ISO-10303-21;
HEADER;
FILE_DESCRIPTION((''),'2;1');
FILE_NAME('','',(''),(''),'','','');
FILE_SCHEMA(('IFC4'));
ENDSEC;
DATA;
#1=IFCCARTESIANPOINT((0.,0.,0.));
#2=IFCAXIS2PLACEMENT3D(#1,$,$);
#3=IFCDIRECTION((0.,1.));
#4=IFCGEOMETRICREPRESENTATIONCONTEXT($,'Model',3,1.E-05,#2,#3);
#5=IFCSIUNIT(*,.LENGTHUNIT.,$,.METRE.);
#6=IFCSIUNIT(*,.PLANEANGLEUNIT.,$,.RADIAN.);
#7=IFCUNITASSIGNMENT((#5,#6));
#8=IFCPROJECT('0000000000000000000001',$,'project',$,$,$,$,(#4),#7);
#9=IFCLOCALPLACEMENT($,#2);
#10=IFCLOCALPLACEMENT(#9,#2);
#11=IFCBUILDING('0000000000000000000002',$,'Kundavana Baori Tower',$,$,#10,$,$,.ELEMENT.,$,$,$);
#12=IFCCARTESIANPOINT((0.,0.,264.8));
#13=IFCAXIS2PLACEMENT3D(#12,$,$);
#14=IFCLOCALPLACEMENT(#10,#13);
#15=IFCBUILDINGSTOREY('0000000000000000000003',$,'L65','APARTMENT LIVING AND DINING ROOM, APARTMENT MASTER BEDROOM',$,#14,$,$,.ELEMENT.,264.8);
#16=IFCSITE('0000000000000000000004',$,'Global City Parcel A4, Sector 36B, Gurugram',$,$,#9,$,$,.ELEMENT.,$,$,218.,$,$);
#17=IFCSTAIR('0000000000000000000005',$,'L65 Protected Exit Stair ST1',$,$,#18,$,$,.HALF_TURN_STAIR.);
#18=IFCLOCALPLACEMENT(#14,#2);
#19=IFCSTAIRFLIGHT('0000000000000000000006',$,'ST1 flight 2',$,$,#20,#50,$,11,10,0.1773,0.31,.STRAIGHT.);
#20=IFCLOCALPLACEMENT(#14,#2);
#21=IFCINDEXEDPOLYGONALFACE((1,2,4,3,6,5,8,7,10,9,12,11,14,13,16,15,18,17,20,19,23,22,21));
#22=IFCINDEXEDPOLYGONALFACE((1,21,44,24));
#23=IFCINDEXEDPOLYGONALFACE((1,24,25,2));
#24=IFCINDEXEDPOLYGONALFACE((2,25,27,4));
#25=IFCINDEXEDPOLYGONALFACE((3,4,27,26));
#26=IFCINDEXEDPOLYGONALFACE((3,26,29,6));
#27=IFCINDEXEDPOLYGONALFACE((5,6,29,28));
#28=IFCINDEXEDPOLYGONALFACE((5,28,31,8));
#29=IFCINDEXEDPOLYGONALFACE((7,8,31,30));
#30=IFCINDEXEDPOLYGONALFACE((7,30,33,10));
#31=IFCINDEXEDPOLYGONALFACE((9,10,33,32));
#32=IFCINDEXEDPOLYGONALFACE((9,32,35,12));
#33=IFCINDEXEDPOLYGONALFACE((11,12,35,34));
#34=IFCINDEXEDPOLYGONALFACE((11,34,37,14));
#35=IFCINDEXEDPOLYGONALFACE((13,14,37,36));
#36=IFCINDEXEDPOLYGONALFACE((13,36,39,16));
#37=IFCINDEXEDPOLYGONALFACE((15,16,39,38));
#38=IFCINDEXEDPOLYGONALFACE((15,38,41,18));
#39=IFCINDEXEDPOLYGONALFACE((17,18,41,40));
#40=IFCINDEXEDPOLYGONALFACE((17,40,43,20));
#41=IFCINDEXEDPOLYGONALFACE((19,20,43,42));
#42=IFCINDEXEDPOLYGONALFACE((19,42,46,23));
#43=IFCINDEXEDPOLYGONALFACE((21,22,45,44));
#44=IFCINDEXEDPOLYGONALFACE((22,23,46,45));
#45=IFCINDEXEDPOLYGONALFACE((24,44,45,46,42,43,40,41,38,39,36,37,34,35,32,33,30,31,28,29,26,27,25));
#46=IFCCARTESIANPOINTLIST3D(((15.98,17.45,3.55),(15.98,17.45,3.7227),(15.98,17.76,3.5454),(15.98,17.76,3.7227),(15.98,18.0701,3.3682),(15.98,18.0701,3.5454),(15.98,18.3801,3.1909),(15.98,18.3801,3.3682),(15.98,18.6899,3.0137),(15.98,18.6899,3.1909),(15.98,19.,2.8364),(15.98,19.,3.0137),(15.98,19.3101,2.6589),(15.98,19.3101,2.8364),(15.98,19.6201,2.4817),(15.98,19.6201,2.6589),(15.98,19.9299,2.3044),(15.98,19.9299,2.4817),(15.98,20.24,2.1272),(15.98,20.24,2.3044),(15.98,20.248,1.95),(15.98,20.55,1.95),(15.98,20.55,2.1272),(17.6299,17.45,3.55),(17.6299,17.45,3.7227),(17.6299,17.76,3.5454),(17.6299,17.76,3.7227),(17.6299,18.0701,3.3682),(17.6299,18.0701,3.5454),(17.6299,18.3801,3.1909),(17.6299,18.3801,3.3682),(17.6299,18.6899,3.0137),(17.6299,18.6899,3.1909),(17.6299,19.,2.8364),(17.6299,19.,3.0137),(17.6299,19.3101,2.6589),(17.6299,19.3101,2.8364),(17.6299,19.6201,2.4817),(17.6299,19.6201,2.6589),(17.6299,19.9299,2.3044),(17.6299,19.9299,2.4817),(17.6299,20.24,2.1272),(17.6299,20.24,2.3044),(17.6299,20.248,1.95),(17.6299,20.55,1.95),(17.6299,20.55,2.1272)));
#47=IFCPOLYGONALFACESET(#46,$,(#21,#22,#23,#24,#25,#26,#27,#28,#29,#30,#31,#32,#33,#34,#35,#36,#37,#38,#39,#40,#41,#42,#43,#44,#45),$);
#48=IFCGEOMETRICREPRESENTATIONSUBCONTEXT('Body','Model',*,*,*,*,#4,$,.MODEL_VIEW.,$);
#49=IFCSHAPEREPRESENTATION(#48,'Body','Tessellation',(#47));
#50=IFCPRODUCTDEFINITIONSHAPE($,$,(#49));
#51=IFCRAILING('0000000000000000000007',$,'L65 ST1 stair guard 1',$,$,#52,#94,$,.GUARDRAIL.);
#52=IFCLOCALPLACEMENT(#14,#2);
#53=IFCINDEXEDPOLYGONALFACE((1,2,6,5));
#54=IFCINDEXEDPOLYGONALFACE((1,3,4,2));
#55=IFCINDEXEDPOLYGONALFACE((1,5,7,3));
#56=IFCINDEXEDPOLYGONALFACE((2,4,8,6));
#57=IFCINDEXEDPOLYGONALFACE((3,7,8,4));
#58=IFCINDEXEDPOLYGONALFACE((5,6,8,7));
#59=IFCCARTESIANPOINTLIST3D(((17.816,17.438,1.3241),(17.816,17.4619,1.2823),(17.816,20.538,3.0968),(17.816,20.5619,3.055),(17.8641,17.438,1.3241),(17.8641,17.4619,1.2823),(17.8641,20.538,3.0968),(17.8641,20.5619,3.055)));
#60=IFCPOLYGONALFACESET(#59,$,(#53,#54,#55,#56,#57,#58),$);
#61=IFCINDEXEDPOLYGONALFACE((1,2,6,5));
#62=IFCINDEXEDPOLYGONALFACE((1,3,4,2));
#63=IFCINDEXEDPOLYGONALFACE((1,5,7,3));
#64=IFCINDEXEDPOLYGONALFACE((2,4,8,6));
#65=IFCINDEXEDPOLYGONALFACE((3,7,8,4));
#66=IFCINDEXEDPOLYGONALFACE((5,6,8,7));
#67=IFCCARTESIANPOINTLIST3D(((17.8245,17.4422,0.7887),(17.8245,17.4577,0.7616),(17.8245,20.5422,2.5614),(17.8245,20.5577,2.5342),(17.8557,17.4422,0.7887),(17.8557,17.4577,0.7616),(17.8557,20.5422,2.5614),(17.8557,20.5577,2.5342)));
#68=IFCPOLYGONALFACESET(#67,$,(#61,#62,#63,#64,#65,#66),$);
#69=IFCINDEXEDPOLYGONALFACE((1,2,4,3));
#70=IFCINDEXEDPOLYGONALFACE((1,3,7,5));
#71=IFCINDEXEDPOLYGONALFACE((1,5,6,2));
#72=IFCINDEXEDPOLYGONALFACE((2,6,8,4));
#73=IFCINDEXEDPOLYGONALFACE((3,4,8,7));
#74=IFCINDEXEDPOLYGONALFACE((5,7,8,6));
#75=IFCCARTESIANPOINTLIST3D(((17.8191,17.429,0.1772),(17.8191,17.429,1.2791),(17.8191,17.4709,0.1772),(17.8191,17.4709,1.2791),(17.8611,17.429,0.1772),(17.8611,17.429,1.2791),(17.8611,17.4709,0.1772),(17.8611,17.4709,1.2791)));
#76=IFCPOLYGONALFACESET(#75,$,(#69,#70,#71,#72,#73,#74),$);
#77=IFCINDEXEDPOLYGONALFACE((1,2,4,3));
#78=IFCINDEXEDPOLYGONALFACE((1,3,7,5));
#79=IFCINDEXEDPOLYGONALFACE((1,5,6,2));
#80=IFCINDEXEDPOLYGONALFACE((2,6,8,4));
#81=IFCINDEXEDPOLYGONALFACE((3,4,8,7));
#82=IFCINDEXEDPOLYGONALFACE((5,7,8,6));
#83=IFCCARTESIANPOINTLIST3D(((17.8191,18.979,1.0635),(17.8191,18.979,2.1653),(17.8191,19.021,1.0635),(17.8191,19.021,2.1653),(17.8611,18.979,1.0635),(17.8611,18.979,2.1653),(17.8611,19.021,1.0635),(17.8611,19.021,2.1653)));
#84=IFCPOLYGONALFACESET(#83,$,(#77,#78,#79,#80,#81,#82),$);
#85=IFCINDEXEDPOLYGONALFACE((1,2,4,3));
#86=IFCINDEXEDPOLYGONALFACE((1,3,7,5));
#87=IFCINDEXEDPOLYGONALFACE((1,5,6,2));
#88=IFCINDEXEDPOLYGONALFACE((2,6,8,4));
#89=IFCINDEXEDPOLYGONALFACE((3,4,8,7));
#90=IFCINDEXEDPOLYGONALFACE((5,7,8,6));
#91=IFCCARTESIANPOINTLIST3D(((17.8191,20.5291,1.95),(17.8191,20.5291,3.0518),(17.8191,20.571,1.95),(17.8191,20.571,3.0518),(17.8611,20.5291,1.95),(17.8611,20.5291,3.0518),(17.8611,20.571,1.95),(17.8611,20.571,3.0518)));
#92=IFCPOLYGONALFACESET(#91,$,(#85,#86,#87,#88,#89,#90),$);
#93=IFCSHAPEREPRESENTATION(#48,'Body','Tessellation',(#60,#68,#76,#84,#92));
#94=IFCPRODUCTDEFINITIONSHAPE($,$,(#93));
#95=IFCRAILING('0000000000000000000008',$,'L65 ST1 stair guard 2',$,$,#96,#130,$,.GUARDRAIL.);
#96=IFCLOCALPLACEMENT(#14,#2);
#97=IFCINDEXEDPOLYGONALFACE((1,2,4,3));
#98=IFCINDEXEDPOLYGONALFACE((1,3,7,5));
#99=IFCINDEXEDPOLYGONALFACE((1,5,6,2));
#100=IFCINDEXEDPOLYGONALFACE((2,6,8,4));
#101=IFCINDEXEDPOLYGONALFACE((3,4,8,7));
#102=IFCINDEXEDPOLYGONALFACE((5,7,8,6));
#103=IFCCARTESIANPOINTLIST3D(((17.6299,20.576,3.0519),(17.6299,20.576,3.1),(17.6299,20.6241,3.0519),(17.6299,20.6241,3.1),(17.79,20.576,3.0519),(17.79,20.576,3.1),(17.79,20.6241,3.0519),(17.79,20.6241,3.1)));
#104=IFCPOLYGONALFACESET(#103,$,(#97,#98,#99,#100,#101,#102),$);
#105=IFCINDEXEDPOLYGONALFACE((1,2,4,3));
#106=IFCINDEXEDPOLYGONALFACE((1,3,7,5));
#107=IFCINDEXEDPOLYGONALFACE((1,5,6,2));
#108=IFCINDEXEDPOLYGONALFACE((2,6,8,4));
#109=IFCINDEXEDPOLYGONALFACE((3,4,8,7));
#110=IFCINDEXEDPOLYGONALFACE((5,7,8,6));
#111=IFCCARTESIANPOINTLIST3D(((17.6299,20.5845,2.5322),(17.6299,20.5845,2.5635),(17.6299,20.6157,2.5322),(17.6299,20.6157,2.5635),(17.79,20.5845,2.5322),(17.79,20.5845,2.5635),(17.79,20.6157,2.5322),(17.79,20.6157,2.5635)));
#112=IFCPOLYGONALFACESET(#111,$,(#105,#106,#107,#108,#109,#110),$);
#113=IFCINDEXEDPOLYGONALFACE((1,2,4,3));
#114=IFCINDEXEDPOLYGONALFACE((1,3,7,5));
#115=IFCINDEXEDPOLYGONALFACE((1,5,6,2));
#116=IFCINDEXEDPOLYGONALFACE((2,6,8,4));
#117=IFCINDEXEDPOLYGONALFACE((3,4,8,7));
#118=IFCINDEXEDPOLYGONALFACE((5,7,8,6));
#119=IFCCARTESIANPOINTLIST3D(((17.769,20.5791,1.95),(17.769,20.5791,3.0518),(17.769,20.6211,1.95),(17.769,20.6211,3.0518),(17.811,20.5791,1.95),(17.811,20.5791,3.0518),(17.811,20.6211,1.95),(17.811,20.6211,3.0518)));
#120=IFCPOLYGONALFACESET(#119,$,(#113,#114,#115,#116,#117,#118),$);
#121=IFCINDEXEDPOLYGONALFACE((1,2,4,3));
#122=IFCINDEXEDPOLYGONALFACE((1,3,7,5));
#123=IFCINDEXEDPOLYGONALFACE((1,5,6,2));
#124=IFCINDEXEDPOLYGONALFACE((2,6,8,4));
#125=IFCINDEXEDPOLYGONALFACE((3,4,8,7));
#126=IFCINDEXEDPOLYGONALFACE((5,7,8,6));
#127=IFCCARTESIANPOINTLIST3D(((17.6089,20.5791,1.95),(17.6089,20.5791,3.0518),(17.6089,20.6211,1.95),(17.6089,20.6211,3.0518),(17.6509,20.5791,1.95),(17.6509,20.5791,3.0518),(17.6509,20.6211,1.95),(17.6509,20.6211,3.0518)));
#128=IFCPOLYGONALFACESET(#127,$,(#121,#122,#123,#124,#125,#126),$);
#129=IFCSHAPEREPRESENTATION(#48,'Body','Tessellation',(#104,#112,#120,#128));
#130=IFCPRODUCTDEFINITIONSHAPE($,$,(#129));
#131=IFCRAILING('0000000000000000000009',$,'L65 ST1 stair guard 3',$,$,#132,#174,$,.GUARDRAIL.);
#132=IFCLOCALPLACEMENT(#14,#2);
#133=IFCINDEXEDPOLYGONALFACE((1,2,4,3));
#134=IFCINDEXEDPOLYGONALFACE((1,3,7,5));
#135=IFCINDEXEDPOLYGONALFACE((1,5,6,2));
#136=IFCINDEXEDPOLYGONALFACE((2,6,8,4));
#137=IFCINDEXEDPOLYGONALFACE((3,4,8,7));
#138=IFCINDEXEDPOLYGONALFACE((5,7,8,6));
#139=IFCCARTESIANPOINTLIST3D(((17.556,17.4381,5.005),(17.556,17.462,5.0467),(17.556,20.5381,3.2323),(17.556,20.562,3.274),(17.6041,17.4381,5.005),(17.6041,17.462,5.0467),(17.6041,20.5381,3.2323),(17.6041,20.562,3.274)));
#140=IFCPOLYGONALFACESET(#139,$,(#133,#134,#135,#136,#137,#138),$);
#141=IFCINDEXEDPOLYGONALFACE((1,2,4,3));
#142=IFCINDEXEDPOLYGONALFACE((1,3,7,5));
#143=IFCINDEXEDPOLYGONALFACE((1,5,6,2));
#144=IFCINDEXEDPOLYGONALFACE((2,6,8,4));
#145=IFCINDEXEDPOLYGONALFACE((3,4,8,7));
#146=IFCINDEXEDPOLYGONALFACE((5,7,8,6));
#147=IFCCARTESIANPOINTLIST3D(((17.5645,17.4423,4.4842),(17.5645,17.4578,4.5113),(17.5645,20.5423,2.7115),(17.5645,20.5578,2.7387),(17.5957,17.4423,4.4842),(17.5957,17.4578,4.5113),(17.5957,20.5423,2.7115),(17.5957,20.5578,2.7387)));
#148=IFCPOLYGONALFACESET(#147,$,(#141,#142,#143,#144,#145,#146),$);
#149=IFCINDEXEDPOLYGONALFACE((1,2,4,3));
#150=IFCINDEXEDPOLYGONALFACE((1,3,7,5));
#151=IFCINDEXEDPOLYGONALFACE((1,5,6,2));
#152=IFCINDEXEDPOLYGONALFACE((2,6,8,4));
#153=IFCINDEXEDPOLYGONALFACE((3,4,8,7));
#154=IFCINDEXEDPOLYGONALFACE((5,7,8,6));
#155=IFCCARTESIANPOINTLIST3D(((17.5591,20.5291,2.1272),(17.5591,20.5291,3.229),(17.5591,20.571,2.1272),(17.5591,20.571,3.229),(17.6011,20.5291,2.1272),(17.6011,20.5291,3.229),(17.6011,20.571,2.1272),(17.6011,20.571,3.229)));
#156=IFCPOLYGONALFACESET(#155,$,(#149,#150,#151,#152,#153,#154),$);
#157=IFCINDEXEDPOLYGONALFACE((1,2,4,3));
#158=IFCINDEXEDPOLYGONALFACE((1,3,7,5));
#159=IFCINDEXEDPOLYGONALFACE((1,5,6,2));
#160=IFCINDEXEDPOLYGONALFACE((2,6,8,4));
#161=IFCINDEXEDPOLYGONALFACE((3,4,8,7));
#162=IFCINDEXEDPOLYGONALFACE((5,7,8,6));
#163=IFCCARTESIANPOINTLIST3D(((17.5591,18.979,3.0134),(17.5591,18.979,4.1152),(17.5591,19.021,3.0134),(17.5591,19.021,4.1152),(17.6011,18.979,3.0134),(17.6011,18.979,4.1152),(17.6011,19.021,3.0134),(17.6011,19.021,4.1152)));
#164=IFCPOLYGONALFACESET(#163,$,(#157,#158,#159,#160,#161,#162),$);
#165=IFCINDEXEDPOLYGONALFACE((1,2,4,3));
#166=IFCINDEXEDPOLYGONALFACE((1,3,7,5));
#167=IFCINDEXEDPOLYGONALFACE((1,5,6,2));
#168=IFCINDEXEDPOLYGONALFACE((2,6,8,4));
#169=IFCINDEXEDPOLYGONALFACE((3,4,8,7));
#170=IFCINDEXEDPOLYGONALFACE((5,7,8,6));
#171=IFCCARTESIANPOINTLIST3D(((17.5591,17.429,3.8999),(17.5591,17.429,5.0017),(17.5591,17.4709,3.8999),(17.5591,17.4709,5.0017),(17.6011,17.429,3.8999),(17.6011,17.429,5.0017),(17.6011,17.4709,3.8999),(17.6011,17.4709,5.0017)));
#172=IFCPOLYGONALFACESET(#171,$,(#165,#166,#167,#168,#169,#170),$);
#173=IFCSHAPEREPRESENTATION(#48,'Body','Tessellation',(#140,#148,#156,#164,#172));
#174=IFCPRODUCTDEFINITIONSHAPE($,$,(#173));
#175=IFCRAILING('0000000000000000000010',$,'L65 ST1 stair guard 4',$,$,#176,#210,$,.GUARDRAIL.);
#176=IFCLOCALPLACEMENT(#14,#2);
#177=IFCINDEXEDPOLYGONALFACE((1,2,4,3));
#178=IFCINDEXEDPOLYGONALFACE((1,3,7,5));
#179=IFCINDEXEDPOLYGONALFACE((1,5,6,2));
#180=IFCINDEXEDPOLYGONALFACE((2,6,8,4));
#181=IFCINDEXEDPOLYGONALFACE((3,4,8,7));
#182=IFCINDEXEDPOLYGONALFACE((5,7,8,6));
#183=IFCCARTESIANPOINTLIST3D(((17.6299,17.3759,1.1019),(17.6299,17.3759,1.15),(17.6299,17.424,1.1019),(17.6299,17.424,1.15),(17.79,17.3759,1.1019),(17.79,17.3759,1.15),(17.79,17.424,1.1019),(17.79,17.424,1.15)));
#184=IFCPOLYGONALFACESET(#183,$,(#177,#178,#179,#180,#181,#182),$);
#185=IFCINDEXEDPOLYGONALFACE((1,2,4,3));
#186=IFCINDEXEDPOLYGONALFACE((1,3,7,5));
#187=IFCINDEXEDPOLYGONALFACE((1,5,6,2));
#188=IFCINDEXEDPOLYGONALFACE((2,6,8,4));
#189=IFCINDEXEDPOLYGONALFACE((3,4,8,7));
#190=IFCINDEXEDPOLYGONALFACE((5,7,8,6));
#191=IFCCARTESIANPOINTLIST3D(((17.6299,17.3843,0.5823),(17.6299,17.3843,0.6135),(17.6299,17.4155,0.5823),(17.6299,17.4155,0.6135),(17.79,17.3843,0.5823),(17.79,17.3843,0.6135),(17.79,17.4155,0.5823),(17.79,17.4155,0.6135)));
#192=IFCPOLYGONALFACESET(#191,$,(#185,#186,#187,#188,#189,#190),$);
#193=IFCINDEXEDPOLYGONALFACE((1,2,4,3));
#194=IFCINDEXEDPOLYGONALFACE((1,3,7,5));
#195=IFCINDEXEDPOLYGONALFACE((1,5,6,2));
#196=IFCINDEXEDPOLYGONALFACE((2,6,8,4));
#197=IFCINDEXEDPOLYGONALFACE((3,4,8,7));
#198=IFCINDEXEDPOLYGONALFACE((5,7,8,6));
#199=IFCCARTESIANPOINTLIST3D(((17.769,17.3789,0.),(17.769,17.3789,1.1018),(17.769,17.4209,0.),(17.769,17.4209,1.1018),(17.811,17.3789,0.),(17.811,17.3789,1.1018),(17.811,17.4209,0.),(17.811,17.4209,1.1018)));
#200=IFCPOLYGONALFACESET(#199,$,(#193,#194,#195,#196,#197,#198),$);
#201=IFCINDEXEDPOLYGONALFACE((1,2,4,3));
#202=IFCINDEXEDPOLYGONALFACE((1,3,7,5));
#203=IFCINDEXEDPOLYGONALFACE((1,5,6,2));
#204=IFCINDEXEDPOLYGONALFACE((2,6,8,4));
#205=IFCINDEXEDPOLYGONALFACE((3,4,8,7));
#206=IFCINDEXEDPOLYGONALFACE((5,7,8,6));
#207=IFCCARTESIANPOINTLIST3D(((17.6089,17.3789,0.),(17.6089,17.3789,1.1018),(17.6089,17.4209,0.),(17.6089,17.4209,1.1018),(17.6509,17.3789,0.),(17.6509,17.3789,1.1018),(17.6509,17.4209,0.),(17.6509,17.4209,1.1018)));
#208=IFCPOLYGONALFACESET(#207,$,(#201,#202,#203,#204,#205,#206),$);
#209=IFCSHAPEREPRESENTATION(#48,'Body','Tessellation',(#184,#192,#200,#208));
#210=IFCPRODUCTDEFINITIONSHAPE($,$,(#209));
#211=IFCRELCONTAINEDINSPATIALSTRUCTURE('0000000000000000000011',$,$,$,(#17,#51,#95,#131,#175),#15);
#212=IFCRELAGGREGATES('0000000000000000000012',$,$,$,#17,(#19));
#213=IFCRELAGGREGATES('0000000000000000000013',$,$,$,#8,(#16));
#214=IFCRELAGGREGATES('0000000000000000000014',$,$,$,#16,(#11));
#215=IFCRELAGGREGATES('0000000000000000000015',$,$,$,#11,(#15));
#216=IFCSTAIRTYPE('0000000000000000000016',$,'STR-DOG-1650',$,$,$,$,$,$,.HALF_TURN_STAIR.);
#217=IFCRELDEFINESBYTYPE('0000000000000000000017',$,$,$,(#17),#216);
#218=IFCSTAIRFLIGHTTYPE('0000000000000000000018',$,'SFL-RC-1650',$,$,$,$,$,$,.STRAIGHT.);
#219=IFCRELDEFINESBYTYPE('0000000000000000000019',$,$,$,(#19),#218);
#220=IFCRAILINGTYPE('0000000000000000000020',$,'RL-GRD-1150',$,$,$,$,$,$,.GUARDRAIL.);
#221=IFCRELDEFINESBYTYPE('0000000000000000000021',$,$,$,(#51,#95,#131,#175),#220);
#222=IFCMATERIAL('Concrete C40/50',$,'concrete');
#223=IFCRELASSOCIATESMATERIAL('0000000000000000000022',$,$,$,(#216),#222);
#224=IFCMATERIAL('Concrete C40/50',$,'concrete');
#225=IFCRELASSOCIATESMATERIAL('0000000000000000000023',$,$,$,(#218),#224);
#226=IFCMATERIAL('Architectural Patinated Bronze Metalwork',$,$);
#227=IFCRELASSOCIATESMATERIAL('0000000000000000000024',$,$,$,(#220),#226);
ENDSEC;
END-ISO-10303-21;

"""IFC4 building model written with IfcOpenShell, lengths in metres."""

from ifc_helpers import new_model, si_unit, direction, frame, origin, origin_2d, place, context, subcontext, project, spatial, polyline, rectangle, outline, extrude, material, type_object, element, aggregate, save


model = new_model("IFC4")

# Units and contexts
model_context = context("Model", 3, precision=1e-05, world=origin(), true_north=direction((0.0, 1.0)))
body_context = subcontext(model_context, "Body", "Model", "MODEL_VIEW")
ifc_project = project(units=[si_unit("LENGTHUNIT", "METRE"), si_unit("PLANEANGLEUNIT", "RADIAN")], contexts=[model_context])

# Site, building, storey
site_placement = place(None, origin())
site = spatial("IfcSite", under=ifc_project, at=site_placement, Name="Global City Parcel A4, Sector 36B, Gurugram", CompositionType="ELEMENT", RefElevation=218.0)
building_placement = place(site_placement, origin())
building = spatial("IfcBuilding", under=site, at=building_placement, Name="Kundavana Baori Tower", CompositionType="ELEMENT")
storey_placement = place(building_placement, frame((0.0, 0.0, 264.8)))
storey = spatial("IfcBuildingStorey", under=building, at=storey_placement, Name="L65", Description="APARTMENT LIVING AND DINING ROOM, APARTMENT MASTER BEDROOM", CompositionType="ELEMENT", Elevation=264.8)

# Stair, stair flight
ifc_material_1 = material(Name="Concrete C40/50", Category="concrete")
stair_type = type_object("IfcStairType", Name="STR-DOG-1650", PredefinedType="HALF_TURN_STAIR", material=ifc_material_1)
stair_placement = place(storey_placement, origin())
stair = element("IfcStair", 1, at=stair_placement, inside=storey, type_object=stair_type, Name="L65 Protected Exit Stair ST1", PredefinedType="HALF_TURN_STAIR")
ifc_material_2 = material(Name="Concrete C40/50", Category="concrete")
stair_flight_type = type_object("IfcStairFlightType", Name="SFL-RC-1650", PredefinedType="STRAIGHT", material=ifc_material_2)
stair_flight_1_placement = place(storey_placement, frame((16.8049, 20.55, 1.95), z_axis=(0.0, 0.0, 1.0), x_axis=(0.0, -1.0, 0.0)))
stair_flight_1 = element("IfcStairFlight", 2, at=stair_flight_1_placement, type_object=stair_flight_type, Name="ST1 flight 2", NumberOfRisers=11, NumberOfTreads=10, PredefinedType="STRAIGHT", RiserHeight=0.1773, TreadLength=0.31, context=body_context, shape_type="SweptSolid", body=[
    extrude(outline(polyline([(0.0, 0.0), (0.0, 0.1772), (0.3101, 0.1772), (0.3101, 0.3545), (0.6201, 0.3545), (0.6201, 0.5317), (0.9299, 0.5317), (0.9299, 0.709), (1.24, 0.709), (1.24, 0.8865), (1.55, 0.8865), (1.55, 1.0637), (1.8601, 1.0637), (1.8601, 1.241), (2.1699, 1.241), (2.1699, 1.4182), (2.48, 1.4182), (2.48, 1.5955), (2.79, 1.5955), (2.79, 1.7727), (3.1001, 1.7727), (3.1001, 1.95), (3.1001, 1.6001), (0.302, 0.0), (0.0, 0.0)])), frame((0.0, 0.825, 0.0), z_axis=(0.0, -1.0, 0.0), x_axis=(1.0, 0.0, 0.0)), (0.0, 0.0, 1.0), 1.6499),
])
aggregate(stair, [stair_flight_1])

# Railings
ifc_material_3 = material(Name="Architectural Patinated Bronze Metalwork")
railing_type_1 = type_object("IfcRailingType", Name="RL-GRD-1150", PredefinedType="GUARDRAIL", material=ifc_material_3)
railing_1_placement = place(storey_placement, frame((17.8401, 17.45, 0.1772)))
element("IfcRailing", 3, at=railing_1_placement, inside=storey, type_object=railing_type_1, Name="L65 ST1 stair guard 1", PredefinedType="GUARDRAIL", context=body_context, shape_type="SweptSolid", body=[
    extrude(rectangle(XDim=0.0481, YDim=0.0481, at=origin_2d()), frame((0.0, 0.0, 1.126), z_axis=(0.0, 0.868096, 0.496397), x_axis=(-1.0, 0.0, 0.0)), (0.0, 0.0, 1.0), 3.571),
    extrude(rectangle(XDim=0.0312, YDim=0.0312, at=origin_2d()), frame((0.0, 0.0, 0.5979), z_axis=(0.0, 0.868096, 0.496397), x_axis=(-1.0, 0.0, 0.0)), (0.0, 0.0, 1.0), 3.571),
    extrude(rectangle(XDim=0.042, YDim=0.042, at=origin_2d()), origin(), (0.0, 0.0, 1.0), 1.1018),
    extrude(rectangle(XDim=0.042, YDim=0.042, at=origin_2d()), frame((0.0, 1.55, 0.8862)), (0.0, 0.0, 1.0), 1.1018),
    extrude(rectangle(XDim=0.042, YDim=0.042, at=origin_2d()), frame((0.0, 3.1001, 1.7727)), (0.0, 0.0, 1.0), 1.1018),
])
railing_2_placement = place(storey_placement, frame((17.79, 20.6001, 1.95)))
element("IfcRailing", 4, at=railing_2_placement, inside=storey, type_object=railing_type_1, Name="L65 ST1 stair guard 2", PredefinedType="GUARDRAIL", context=body_context, shape_type="SweptSolid", body=[
    extrude(rectangle(XDim=0.0481, YDim=0.0481, at=origin_2d()), frame((0.0, 0.0, 1.126), z_axis=(-1.0, 0.0, 0.0), x_axis=(0.0, -1.0, 0.0)), (0.0, 0.0, 1.0), 0.1602),
    extrude(rectangle(XDim=0.0312, YDim=0.0312, at=origin_2d()), frame((0.0, 0.0, 0.5979), z_axis=(-1.0, 0.0, 0.0), x_axis=(0.0, -1.0, 0.0)), (0.0, 0.0, 1.0), 0.1602),
    extrude(rectangle(XDim=0.042, YDim=0.042, at=origin_2d()), origin(), (0.0, 0.0, 1.0), 1.1018),
    extrude(rectangle(XDim=0.042, YDim=0.042, at=origin_2d()), frame((-0.1602, 0.0, 0.0)), (0.0, 0.0, 1.0), 1.1018),
])
railing_3_placement = place(storey_placement, frame((17.5801, 20.55, 2.1272)))
element("IfcRailing", 5, at=railing_3_placement, inside=storey, type_object=railing_type_1, Name="L65 ST1 stair guard 3", PredefinedType="GUARDRAIL", context=body_context, shape_type="SweptSolid", body=[
    extrude(rectangle(XDim=0.0481, YDim=0.0481, at=origin_2d()), frame((0.0, 0.0, 1.126), z_axis=(0.0, -0.868096, 0.496397), x_axis=(1.0, 0.0, 0.0)), (0.0, 0.0, 1.0), 3.571),
    extrude(rectangle(XDim=0.0312, YDim=0.0312, at=origin_2d()), frame((0.0, 0.0, 0.5979), z_axis=(0.0, -0.868096, 0.496397), x_axis=(1.0, 0.0, 0.0)), (0.0, 0.0, 1.0), 3.571),
    extrude(rectangle(XDim=0.042, YDim=0.042, at=origin_2d()), origin(), (0.0, 0.0, 1.0), 1.1018),
    extrude(rectangle(XDim=0.042, YDim=0.042, at=origin_2d()), frame((0.0, -1.55, 0.8862)), (0.0, 0.0, 1.0), 1.1018),
    extrude(rectangle(XDim=0.042, YDim=0.042, at=origin_2d()), frame((0.0, -3.1001, 1.7727)), (0.0, 0.0, 1.0), 1.1018),
])
railing_4_placement = place(storey_placement, frame((17.79, 17.3999, 0.0)))
element("IfcRailing", 6, at=railing_4_placement, inside=storey, type_object=railing_type_1, Name="L65 ST1 stair guard 4", PredefinedType="GUARDRAIL", context=body_context, shape_type="SweptSolid", body=[
    extrude(rectangle(XDim=0.0481, YDim=0.0481, at=origin_2d()), frame((0.0, 0.0, 1.126), z_axis=(-1.0, 0.0, 0.0), x_axis=(0.0, -1.0, 0.0)), (0.0, 0.0, 1.0), 0.1602),
    extrude(rectangle(XDim=0.0312, YDim=0.0312, at=origin_2d()), frame((0.0, 0.0, 0.5979), z_axis=(-1.0, 0.0, 0.0), x_axis=(0.0, -1.0, 0.0)), (0.0, 0.0, 1.0), 0.1602),
    extrude(rectangle(XDim=0.042, YDim=0.042, at=origin_2d()), origin(), (0.0, 0.0, 1.0), 1.1018),
    extrude(rectangle(XDim=0.042, YDim=0.042, at=origin_2d()), frame((-0.1602, 0.0, 0.0)), (0.0, 0.0, 1.0), 1.1018),
])

save(model, "model.ifc")
